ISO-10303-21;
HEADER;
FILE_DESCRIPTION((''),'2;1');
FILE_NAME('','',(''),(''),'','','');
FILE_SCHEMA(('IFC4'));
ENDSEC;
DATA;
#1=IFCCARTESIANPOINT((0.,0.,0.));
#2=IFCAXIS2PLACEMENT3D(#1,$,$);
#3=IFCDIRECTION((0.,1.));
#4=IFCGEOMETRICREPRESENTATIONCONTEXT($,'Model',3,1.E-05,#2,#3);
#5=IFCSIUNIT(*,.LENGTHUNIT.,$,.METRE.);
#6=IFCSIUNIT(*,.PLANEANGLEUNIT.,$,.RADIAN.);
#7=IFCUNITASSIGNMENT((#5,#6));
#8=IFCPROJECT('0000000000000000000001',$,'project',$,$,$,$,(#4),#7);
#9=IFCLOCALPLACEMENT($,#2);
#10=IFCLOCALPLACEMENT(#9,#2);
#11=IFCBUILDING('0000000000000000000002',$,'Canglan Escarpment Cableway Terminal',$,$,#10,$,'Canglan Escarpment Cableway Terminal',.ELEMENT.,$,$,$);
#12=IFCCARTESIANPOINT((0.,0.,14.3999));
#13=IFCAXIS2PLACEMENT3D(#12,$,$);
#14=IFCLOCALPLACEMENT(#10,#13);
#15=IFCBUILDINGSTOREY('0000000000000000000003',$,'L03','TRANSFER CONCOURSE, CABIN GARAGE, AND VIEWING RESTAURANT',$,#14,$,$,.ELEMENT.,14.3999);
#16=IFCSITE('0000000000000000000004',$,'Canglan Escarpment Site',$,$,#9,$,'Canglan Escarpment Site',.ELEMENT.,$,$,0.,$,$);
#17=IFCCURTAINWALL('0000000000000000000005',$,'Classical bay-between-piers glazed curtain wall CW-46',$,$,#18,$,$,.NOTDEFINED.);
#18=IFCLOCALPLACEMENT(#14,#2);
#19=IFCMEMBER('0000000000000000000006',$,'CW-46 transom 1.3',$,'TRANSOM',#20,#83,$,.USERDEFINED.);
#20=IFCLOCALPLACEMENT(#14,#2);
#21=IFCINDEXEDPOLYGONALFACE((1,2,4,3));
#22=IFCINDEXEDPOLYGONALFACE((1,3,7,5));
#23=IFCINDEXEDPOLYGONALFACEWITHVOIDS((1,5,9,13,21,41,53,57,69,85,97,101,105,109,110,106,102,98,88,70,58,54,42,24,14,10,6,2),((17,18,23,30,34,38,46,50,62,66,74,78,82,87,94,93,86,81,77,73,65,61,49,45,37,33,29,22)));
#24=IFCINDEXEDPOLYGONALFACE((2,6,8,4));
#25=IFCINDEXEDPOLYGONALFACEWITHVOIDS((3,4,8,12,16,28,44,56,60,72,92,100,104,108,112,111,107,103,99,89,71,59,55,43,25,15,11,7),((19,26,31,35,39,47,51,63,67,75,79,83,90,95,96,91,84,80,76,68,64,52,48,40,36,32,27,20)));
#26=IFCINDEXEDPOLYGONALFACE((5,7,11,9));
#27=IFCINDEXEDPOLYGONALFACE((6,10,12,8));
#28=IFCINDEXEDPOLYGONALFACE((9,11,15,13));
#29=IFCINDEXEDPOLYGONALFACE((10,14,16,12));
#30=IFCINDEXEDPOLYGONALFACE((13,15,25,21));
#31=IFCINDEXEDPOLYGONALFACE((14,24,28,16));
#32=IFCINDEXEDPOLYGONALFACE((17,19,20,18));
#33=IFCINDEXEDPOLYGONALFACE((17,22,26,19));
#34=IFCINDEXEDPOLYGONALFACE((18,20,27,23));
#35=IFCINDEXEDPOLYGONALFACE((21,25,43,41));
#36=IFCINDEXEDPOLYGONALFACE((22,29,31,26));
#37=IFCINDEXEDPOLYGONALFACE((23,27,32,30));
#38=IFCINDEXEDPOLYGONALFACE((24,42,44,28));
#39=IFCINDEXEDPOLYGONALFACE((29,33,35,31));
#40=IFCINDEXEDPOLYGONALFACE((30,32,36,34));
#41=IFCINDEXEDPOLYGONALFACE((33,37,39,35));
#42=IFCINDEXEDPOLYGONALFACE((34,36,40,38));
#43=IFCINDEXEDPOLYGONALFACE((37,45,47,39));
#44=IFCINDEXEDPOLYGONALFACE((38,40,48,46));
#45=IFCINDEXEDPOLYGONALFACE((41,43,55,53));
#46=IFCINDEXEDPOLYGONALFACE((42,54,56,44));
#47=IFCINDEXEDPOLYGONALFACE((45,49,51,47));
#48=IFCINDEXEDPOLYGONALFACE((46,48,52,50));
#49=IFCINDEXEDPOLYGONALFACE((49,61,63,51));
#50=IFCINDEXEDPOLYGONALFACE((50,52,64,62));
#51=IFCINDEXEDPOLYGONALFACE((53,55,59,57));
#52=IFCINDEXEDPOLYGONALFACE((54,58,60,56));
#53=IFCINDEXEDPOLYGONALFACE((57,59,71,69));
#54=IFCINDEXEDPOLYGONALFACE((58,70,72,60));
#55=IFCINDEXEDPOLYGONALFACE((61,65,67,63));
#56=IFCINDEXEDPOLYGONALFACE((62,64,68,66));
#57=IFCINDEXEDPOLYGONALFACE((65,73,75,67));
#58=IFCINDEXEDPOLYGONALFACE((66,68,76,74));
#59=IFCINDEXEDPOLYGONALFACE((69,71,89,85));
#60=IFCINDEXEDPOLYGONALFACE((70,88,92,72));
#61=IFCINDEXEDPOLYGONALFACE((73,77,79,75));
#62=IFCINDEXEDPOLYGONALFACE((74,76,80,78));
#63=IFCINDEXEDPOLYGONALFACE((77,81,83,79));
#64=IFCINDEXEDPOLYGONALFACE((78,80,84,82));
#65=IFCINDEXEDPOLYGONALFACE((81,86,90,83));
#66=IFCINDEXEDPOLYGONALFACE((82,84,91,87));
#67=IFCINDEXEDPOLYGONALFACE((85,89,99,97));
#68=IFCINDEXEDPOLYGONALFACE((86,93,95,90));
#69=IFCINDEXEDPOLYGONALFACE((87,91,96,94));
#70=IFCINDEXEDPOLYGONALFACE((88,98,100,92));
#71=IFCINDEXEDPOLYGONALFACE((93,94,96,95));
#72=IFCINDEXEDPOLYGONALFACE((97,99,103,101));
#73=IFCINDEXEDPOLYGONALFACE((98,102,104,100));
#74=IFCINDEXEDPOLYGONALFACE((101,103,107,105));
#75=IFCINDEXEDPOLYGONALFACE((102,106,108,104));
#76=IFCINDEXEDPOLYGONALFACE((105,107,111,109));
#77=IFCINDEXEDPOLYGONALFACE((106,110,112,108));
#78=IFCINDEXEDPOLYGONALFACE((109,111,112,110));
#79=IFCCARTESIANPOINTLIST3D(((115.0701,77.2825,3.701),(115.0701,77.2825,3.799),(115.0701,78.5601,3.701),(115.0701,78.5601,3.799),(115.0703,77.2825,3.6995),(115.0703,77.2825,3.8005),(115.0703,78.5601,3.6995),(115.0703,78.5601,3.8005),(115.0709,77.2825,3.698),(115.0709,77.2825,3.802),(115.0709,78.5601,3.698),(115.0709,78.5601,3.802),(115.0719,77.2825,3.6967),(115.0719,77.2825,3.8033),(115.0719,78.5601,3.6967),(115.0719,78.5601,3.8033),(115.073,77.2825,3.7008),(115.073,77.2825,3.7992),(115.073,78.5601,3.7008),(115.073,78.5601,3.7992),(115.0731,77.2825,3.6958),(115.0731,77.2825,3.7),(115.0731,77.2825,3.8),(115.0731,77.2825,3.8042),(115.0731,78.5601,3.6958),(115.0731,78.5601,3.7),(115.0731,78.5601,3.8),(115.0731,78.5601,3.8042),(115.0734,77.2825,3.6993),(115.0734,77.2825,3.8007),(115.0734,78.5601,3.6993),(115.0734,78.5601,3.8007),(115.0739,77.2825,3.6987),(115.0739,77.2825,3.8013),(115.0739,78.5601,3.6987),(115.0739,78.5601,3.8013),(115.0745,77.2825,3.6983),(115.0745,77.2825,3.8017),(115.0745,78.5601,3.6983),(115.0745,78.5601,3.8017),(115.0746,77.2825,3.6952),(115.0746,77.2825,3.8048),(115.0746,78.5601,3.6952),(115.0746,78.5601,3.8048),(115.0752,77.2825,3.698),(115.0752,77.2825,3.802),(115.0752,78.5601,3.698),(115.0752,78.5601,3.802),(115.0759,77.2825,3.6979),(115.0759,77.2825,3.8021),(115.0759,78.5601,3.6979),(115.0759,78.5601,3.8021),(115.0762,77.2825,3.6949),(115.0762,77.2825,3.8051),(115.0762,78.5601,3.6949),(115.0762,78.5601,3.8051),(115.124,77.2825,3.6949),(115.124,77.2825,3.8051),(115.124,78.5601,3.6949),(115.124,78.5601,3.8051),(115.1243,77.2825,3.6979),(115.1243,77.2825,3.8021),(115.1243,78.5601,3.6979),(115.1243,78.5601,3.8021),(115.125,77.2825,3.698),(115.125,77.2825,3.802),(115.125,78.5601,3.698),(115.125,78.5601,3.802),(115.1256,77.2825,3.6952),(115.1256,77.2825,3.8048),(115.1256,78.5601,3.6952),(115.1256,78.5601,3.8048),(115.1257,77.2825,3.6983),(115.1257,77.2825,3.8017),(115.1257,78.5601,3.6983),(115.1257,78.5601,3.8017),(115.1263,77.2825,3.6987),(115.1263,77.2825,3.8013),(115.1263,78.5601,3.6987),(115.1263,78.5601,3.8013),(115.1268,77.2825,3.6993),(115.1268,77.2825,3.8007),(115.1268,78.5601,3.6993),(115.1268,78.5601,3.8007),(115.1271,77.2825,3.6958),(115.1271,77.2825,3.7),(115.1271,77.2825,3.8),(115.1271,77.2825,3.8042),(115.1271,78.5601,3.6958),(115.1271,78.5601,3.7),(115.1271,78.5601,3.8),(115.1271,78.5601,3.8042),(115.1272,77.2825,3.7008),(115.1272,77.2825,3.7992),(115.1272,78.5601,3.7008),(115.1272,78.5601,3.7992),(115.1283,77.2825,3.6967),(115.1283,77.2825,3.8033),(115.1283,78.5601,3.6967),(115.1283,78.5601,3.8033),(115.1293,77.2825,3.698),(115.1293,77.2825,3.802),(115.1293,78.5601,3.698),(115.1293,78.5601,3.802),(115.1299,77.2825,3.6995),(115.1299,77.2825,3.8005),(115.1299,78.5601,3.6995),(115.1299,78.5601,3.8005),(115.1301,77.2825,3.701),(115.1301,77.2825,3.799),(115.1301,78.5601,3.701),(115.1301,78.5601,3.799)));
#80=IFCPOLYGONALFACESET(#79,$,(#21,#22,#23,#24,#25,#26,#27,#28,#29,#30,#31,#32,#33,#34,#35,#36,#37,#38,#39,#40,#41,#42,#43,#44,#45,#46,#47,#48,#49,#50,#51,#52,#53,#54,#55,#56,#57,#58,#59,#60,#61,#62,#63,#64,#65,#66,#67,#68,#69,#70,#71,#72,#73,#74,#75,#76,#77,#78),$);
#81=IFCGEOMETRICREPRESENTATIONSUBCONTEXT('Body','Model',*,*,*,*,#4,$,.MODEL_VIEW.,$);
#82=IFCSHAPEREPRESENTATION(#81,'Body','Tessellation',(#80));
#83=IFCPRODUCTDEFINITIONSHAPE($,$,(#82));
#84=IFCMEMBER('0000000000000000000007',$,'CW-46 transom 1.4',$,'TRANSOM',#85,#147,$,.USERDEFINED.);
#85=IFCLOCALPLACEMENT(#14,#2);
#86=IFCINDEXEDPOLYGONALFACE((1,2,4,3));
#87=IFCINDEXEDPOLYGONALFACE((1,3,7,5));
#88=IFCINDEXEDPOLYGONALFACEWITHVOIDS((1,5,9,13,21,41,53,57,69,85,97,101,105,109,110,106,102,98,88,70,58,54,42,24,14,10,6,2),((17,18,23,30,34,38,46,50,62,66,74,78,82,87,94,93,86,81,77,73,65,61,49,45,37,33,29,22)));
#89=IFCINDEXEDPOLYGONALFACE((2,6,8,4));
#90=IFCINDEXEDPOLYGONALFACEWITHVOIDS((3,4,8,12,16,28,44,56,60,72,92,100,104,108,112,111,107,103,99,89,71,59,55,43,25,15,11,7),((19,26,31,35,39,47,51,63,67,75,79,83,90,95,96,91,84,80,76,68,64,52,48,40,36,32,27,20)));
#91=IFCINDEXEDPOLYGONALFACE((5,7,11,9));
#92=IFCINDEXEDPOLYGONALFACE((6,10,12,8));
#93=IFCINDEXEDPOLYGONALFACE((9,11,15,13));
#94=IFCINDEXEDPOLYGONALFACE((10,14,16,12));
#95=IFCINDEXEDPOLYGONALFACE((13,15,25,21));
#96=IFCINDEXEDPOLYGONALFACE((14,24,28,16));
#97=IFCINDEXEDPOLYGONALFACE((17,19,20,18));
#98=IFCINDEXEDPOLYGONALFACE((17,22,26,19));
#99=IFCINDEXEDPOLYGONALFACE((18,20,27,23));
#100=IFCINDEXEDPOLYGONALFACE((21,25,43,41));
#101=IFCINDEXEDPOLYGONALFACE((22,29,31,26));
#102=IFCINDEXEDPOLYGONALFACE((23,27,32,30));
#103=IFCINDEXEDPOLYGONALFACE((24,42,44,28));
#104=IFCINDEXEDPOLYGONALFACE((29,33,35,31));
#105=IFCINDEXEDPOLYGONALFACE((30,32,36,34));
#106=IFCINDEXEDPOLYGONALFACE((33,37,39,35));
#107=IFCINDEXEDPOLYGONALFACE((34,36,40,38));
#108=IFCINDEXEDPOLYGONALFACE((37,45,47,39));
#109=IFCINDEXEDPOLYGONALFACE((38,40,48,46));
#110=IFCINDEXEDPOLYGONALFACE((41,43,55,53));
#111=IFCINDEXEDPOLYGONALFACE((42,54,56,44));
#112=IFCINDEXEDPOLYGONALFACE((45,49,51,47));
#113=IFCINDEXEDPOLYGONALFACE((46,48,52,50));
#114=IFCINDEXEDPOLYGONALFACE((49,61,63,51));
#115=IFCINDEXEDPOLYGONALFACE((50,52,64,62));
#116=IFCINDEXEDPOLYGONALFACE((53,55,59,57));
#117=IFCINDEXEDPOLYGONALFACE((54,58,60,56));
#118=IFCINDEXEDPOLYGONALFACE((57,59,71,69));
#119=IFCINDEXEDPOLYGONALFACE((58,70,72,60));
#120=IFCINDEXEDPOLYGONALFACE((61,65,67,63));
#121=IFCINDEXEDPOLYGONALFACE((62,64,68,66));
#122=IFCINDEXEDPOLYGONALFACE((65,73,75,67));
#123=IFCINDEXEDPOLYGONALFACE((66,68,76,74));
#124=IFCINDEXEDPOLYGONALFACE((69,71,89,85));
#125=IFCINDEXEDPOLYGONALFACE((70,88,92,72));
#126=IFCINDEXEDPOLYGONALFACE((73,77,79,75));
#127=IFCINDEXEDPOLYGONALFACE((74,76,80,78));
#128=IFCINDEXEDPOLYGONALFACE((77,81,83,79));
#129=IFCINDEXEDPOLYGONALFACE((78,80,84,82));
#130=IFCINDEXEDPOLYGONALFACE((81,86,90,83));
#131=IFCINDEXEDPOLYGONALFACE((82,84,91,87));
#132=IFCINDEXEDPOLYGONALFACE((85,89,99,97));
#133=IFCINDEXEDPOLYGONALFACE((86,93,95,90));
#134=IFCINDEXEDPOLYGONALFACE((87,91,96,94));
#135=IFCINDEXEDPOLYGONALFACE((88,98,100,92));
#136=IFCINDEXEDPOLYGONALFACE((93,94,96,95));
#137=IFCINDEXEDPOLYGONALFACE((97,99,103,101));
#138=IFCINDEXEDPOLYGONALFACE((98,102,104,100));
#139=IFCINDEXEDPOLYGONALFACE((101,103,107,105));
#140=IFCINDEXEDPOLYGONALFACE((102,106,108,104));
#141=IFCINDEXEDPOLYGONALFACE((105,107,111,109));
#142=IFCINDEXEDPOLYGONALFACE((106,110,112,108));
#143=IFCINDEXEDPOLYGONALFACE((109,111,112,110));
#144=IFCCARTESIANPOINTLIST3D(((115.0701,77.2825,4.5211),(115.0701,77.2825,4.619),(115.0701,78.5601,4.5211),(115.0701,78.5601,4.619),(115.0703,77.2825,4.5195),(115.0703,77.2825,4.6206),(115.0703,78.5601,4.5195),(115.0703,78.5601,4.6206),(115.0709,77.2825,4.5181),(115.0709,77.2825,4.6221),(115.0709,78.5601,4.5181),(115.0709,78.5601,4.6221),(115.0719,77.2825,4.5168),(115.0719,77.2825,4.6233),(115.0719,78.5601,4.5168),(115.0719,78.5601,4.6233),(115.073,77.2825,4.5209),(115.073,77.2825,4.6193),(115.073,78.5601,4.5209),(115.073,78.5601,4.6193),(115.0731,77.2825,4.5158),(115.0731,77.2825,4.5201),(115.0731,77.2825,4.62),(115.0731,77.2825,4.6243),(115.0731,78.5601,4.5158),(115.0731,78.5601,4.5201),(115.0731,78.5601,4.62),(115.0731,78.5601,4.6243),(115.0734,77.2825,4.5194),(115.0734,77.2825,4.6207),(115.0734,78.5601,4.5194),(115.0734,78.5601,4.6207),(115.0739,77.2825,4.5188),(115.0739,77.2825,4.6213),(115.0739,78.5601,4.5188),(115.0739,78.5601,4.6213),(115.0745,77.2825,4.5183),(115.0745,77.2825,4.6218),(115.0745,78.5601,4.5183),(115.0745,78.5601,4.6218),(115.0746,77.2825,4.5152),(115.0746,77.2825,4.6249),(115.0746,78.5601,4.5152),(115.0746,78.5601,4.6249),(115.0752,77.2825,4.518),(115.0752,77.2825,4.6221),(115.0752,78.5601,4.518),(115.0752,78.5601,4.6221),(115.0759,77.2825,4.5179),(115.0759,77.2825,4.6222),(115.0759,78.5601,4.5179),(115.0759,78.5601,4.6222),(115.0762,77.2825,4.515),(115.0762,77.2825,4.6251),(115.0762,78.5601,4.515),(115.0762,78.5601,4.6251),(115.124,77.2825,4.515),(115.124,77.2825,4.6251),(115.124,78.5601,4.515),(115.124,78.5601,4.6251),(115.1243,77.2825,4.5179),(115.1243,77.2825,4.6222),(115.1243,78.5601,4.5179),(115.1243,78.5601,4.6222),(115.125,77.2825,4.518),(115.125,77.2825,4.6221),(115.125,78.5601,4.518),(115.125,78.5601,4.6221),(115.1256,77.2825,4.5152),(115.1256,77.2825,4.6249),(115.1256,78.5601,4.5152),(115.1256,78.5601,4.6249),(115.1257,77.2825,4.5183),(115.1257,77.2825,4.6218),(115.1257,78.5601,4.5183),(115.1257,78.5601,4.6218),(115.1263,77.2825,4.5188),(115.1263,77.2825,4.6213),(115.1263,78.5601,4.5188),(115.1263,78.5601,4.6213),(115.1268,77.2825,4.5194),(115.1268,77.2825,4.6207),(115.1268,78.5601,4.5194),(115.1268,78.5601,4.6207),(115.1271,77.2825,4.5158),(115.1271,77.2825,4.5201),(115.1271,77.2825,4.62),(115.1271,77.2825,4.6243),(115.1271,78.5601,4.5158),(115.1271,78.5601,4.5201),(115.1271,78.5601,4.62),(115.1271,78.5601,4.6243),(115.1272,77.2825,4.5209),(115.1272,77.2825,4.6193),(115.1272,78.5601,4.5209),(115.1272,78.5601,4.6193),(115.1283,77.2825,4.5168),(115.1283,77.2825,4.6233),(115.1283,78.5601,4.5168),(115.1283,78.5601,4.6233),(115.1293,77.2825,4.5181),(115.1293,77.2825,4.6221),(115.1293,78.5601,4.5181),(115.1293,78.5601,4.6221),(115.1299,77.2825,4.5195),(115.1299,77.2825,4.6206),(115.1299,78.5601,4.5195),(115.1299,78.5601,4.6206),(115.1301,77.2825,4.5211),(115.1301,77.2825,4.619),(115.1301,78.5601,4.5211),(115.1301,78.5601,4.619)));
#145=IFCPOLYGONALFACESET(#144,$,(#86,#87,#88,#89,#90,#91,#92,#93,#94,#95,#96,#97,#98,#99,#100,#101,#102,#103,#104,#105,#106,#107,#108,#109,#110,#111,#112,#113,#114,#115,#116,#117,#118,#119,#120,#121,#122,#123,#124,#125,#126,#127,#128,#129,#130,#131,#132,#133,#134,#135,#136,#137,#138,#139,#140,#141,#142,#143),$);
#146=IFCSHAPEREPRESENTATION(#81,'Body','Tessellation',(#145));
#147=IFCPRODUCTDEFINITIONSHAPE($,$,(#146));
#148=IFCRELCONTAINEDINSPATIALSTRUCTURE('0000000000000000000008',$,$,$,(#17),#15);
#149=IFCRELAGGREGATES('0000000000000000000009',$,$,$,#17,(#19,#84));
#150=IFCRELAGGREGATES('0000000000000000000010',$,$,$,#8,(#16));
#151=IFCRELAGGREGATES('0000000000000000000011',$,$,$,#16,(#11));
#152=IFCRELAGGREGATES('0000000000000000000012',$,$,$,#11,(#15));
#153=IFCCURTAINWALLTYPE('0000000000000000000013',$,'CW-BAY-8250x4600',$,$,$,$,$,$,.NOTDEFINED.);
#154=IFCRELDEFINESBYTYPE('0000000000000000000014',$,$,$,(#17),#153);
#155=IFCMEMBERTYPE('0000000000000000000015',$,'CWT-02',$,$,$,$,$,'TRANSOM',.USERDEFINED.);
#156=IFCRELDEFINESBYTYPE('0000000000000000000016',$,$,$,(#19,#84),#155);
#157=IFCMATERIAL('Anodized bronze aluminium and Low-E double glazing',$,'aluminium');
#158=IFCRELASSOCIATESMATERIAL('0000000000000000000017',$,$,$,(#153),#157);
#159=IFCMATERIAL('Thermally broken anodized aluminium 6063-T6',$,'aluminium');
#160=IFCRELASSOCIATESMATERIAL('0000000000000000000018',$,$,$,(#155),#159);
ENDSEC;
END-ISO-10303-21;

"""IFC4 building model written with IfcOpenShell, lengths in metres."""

from ifc_helpers import new_model, si_unit, direction, frame, origin, origin_2d, place, context, subcontext, project, spatial, hollow_rectangle, extrude, material, material_profile, profile_set, type_object, element, aggregate, save


model = new_model("IFC4")

# Units and contexts
model_context = context("Model", 3, precision=1e-05, world=origin(), true_north=direction((0.0, 1.0)))
body_context = subcontext(model_context, "Body", "Model", "MODEL_VIEW")
ifc_project = project(units=[si_unit("LENGTHUNIT", "METRE"), si_unit("PLANEANGLEUNIT", "RADIAN")], contexts=[model_context])

# Site, building, storey
site_placement = place(None, origin())
site = spatial("IfcSite", under=ifc_project, at=site_placement, Name="Canglan Escarpment Site", LongName="Canglan Escarpment Site", CompositionType="ELEMENT", RefElevation=0.0)
building_placement = place(site_placement, origin())
building = spatial("IfcBuilding", under=site, at=building_placement, Name="Canglan Escarpment Cableway Terminal", LongName="Canglan Escarpment Cableway Terminal", CompositionType="ELEMENT")
storey_placement = place(building_placement, frame((0.0, 0.0, 14.3999)))
storey = spatial("IfcBuildingStorey", under=building, at=storey_placement, Name="L03", Description="TRANSFER CONCOURSE, CABIN GARAGE, AND VIEWING RESTAURANT", CompositionType="ELEMENT", Elevation=14.3999)

# Curtain wall, members
ifc_material_1 = material(Name="Anodized bronze aluminium and Low-E double glazing", Category="aluminium")
curtain_wall_type = type_object("IfcCurtainWallType", Name="CW-BAY-8250x4600", PredefinedType="NOTDEFINED", material=ifc_material_1)
curtain_wall_placement = place(storey_placement, origin())
curtain_wall = element("IfcCurtainWall", 1, at=curtain_wall_placement, inside=storey, type_object=curtain_wall_type, Name="Classical bay-between-piers glazed curtain wall CW-46", PredefinedType="NOTDEFINED")
ifc_material_2 = material(Name="Thermally broken anodized aluminium 6063-T6", Category="aluminium")
ifc_material_profile_1 = material_profile(ifc_material_2, hollow_rectangle(XDim=0.0601, YDim=0.1101, WallThickness=0.0029, InnerFilletRadius=0.0029, OuterFilletRadius=0.0061, at=origin_2d()), Name="ALU-TRAN 60x110x3")
ifc_profile_set_1 = profile_set([ifc_material_profile_1], Name="Thermally broken anodized aluminium 6063-T6")
member_type_1 = type_object("IfcMemberType", Name="CWT-02", ElementType="TRANSOM", PredefinedType="USERDEFINED", material=ifc_profile_set_1)
member_1_placement = place(storey_placement, frame((115.1001, 78.5601, 3.75), z_axis=(0.0, -1.0, 0.0), x_axis=(1.0, 0.0, 0.0)))
member_1 = element("IfcMember", 2, at=member_1_placement, type_object=member_type_1, Name="CW-46 transom 1.3", ObjectType="TRANSOM", PredefinedType="USERDEFINED", context=body_context, shape_type="SweptSolid", body=[
    extrude(hollow_rectangle(XDim=0.0601, YDim=0.1101, WallThickness=0.0029, InnerFilletRadius=0.0029, OuterFilletRadius=0.0061, at=origin_2d()), origin(), (0.0, 0.0, 1.0), 1.2776),
])
member_2_placement = place(storey_placement, frame((115.1001, 78.5601, 4.5701), z_axis=(0.0, -1.0, 0.0), x_axis=(1.0, 0.0, 0.0)))
member_2 = element("IfcMember", 3, at=member_2_placement, type_object=member_type_1, Name="CW-46 transom 1.4", ObjectType="TRANSOM", PredefinedType="USERDEFINED", context=body_context, shape_type="SweptSolid", body=[
    extrude(hollow_rectangle(XDim=0.0601, YDim=0.1101, WallThickness=0.0029, InnerFilletRadius=0.0029, OuterFilletRadius=0.0061, at=origin_2d()), origin(), (0.0, 0.0, 1.0), 1.2776),
])
aggregate(curtain_wall, [member_1, member_2])

save(model, "model.ifc")
